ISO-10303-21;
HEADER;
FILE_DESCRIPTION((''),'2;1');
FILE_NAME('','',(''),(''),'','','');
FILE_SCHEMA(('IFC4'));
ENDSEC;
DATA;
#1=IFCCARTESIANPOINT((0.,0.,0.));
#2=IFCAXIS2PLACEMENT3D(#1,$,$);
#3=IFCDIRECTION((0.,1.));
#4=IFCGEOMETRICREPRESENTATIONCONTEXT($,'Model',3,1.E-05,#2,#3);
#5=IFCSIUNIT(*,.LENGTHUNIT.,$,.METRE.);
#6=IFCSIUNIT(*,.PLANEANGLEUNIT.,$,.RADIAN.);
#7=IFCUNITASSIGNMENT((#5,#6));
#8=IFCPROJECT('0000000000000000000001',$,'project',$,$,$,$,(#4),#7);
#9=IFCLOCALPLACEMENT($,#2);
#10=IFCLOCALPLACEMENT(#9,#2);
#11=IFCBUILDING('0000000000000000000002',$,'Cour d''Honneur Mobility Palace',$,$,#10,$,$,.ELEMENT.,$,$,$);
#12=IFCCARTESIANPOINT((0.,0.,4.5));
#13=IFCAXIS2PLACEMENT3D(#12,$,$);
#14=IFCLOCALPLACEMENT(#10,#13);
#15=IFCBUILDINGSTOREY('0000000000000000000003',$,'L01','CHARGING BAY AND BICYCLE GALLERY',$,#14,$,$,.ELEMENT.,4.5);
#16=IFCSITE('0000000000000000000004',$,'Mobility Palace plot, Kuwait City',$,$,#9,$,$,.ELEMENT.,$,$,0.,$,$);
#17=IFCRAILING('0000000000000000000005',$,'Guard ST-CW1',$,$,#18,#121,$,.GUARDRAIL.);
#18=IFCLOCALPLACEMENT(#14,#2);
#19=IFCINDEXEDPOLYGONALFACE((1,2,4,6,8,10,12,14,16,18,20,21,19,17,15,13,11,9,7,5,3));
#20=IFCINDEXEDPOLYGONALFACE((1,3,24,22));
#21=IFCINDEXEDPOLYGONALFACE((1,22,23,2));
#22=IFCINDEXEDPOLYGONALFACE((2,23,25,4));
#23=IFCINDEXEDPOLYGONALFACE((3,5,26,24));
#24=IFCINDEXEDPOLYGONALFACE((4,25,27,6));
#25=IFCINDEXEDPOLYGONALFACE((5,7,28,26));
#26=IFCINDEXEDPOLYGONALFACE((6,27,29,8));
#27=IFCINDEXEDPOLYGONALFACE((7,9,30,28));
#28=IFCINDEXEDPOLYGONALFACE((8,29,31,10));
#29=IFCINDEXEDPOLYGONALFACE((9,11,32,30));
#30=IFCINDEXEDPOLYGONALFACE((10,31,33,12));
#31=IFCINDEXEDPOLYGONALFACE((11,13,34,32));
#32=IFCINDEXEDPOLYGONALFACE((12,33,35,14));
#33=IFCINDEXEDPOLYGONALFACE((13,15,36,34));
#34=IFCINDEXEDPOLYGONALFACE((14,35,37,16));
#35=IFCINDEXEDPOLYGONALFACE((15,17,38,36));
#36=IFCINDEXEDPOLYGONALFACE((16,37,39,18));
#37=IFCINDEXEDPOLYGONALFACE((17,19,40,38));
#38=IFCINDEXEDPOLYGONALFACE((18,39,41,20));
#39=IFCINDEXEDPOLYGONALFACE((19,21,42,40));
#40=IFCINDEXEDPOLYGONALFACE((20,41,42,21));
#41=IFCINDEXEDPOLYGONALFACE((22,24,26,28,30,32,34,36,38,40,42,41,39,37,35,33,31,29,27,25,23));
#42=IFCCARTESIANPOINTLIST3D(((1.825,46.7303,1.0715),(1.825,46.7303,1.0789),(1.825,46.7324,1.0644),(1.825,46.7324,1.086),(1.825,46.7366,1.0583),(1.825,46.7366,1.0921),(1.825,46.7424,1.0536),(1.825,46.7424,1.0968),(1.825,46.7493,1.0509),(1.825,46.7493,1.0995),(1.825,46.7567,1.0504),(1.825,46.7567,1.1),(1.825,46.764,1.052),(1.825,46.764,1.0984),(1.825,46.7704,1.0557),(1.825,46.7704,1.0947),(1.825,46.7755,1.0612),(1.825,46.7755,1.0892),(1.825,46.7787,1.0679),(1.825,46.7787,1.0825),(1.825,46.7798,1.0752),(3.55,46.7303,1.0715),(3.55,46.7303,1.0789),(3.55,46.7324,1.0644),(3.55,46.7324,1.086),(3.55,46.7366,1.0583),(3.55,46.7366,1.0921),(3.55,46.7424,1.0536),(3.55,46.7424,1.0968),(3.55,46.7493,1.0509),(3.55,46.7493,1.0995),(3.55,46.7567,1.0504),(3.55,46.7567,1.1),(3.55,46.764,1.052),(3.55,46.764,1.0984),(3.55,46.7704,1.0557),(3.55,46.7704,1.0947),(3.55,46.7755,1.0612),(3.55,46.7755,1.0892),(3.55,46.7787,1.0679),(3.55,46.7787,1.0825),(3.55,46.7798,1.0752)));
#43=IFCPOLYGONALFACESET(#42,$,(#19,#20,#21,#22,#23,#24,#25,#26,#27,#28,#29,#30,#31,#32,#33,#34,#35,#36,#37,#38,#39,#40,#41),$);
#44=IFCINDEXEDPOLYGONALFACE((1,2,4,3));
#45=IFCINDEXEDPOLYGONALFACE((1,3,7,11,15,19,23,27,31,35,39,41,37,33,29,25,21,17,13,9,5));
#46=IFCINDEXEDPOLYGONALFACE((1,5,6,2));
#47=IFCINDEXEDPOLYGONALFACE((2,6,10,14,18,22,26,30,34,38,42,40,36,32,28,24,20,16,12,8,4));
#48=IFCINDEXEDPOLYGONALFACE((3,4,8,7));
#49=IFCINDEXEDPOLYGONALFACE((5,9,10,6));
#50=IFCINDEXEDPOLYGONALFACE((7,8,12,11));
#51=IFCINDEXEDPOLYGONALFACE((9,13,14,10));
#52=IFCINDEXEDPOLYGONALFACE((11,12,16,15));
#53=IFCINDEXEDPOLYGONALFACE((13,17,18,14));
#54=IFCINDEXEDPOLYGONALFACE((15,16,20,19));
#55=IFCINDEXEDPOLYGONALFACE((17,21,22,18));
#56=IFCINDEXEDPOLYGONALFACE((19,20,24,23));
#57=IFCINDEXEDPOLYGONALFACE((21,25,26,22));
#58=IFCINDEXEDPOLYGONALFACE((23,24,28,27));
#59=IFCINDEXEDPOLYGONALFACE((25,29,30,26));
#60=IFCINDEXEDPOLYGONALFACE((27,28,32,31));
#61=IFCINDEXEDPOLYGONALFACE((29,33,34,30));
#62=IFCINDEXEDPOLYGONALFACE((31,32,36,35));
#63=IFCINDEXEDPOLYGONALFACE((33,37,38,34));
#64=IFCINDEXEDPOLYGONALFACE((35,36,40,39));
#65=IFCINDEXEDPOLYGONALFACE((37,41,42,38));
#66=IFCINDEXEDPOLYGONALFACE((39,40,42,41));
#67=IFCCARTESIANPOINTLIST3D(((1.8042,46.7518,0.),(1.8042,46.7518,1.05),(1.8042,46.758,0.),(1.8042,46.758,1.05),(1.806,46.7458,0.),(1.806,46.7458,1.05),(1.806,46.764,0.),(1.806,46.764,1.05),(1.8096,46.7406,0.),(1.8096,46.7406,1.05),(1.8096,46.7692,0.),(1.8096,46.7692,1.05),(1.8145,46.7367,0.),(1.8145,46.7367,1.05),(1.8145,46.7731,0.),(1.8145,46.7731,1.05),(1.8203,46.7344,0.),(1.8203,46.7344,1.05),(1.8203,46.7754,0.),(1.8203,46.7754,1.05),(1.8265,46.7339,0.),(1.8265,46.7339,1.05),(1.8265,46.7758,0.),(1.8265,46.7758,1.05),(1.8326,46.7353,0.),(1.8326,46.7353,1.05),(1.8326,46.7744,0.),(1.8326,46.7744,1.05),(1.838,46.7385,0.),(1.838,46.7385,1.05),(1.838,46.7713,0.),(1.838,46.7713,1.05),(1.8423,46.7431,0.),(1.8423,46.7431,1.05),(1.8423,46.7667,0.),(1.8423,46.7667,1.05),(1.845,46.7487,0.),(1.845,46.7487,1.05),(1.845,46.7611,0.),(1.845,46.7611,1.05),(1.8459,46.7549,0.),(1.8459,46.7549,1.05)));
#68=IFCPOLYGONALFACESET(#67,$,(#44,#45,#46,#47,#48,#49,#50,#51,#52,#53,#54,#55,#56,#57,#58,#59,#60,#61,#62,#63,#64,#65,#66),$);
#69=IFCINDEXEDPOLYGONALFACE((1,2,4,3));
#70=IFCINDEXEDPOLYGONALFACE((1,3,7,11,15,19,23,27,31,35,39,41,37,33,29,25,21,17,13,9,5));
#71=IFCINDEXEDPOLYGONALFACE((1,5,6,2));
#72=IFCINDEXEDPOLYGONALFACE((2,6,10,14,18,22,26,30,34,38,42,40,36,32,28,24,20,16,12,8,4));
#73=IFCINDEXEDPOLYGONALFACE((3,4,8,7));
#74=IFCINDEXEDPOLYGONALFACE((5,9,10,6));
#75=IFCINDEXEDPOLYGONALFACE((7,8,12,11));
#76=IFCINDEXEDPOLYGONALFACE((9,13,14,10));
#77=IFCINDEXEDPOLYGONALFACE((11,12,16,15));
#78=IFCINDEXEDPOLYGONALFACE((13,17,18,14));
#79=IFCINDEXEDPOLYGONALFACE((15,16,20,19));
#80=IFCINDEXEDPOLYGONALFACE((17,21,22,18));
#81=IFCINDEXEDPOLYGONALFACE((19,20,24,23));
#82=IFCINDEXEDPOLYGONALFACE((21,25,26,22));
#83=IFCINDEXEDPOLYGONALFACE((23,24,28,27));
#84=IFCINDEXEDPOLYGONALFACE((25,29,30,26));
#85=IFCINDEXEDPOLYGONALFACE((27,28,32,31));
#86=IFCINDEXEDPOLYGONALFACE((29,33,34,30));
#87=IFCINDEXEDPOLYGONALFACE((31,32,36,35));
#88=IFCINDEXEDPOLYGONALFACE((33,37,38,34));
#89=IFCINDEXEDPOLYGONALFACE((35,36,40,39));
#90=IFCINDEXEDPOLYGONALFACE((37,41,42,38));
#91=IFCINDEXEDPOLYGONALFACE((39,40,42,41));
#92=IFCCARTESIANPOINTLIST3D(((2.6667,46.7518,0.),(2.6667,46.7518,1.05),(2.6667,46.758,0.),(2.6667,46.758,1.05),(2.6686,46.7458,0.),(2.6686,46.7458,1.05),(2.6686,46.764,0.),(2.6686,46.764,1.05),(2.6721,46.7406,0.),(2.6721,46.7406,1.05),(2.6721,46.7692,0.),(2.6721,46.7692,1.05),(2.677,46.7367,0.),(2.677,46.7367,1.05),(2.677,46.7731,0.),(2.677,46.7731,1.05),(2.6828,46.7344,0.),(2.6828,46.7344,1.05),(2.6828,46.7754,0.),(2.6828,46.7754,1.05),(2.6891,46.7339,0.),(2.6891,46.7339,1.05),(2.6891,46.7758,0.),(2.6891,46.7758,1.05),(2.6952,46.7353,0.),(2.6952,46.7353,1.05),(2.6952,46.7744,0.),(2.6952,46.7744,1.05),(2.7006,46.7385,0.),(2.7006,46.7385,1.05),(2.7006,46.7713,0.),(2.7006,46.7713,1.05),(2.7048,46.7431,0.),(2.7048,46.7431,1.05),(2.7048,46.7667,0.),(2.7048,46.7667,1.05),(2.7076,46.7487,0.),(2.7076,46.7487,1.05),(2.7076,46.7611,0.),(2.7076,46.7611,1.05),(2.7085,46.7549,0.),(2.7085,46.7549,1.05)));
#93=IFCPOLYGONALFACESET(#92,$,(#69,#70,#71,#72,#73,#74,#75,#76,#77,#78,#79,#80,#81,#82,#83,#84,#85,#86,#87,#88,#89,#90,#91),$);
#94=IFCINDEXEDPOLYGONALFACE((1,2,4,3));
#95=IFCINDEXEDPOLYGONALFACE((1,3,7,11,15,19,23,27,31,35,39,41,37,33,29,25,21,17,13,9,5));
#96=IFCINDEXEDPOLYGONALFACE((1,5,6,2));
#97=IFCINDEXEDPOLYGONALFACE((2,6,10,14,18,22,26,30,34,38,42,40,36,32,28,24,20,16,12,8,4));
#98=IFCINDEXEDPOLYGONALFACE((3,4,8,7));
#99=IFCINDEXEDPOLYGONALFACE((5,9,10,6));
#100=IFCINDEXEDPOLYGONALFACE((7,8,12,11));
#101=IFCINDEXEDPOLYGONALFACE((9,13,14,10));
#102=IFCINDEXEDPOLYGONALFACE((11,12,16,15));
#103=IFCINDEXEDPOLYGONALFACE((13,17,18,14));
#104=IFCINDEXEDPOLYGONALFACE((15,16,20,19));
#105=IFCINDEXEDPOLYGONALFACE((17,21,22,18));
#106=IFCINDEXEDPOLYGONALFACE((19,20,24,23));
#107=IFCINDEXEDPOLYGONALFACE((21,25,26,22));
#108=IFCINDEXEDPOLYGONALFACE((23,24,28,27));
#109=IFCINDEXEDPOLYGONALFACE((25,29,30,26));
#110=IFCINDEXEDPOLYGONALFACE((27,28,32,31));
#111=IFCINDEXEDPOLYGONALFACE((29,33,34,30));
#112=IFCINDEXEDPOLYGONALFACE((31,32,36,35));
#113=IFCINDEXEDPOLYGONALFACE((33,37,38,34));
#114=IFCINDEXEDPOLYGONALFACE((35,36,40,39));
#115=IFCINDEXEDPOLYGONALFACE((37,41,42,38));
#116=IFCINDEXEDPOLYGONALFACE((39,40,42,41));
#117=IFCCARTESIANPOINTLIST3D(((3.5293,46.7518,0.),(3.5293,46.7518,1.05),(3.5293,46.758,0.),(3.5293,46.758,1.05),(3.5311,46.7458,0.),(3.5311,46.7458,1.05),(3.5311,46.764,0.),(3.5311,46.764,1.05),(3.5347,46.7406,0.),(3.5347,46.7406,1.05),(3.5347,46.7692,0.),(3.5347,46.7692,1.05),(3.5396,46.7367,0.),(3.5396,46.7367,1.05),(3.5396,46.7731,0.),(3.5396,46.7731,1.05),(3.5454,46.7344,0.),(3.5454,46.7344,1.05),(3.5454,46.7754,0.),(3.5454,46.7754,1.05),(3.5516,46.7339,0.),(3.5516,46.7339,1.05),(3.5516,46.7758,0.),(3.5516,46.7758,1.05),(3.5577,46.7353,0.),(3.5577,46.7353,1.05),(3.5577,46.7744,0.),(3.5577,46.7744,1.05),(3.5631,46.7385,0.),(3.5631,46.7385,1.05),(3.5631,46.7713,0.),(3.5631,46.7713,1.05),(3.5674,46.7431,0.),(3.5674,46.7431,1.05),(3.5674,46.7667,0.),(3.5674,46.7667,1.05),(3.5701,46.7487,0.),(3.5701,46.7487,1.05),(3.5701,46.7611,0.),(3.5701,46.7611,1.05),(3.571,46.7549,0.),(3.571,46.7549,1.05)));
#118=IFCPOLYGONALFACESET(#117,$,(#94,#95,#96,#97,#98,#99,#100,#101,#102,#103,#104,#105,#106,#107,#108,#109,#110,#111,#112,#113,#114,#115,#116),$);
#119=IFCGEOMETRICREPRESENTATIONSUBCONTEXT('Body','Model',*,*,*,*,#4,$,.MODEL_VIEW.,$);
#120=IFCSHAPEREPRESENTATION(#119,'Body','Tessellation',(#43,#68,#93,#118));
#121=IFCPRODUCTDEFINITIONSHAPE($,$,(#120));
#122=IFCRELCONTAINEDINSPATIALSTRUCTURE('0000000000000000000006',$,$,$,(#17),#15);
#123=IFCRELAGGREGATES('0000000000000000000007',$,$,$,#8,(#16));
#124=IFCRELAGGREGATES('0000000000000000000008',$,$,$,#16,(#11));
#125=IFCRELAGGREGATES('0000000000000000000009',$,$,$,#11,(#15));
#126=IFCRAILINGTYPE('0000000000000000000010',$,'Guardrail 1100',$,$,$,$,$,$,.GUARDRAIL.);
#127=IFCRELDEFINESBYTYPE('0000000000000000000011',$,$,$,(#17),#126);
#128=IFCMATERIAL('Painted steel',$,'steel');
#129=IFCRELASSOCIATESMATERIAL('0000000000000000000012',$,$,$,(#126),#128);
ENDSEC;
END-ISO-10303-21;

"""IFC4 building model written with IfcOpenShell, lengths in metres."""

from ifc_helpers import new_model, si_unit, direction, frame, origin, origin_2d, place, context, subcontext, project, spatial, circle, extrude, material, type_object, element, save


model = new_model("IFC4")

# Units and contexts
model_context = context("Model", 3, precision=1e-05, world=origin(), true_north=direction((0.0, 1.0)))
body_context = subcontext(model_context, "Body", "Model", "MODEL_VIEW")
ifc_project = project(units=[si_unit("LENGTHUNIT", "METRE"), si_unit("PLANEANGLEUNIT", "RADIAN")], contexts=[model_context])

# Site, building, storey
site_placement = place(None, origin())
site = spatial("IfcSite", under=ifc_project, at=site_placement, Name="Mobility Palace plot, Kuwait City", CompositionType="ELEMENT", RefElevation=0.0)
building_placement = place(site_placement, origin())
building = spatial("IfcBuilding", under=site, at=building_placement, Name="Cour d'Honneur Mobility Palace", CompositionType="ELEMENT")
storey_placement = place(building_placement, frame((0.0, 0.0, 4.5)))
storey = spatial("IfcBuildingStorey", under=building, at=storey_placement, Name="L01", Description="CHARGING BAY AND BICYCLE GALLERY", CompositionType="ELEMENT", Elevation=4.5)

# Railing
ifc_material_1 = material(Name="Painted steel", Category="steel")
railing_type_1 = type_object("IfcRailingType", Name="Guardrail 1100", PredefinedType="GUARDRAIL", material=ifc_material_1)
railing_1_placement = place(storey_placement, frame((1.825, 46.7549, 0.0)))
element("IfcRailing", 1, at=railing_1_placement, inside=storey, type_object=railing_type_1, Name="Guard ST-CW1", PredefinedType="GUARDRAIL", context=body_context, shape_type="SweptSolid", body=[
    extrude(circle(Radius=0.0249, at=origin_2d()), frame((0.0, 0.0, 1.0752), z_axis=(1.0, 0.0, 0.0), x_axis=(0.0, 1.0, 0.0)), (0.0, 0.0, 1.0), 1.7251),
    extrude(circle(Radius=0.021, at=origin_2d()), origin(), (0.0, 0.0, 1.0), 1.05),
    extrude(circle(Radius=0.021, at=origin_2d()), frame((0.8625, 0.0, 0.0)), (0.0, 0.0, 1.0), 1.05),
    extrude(circle(Radius=0.021, at=origin_2d()), frame((1.7251, 0.0, 0.0)), (0.0, 0.0, 1.0), 1.05),
])

save(model, "model.ifc")
